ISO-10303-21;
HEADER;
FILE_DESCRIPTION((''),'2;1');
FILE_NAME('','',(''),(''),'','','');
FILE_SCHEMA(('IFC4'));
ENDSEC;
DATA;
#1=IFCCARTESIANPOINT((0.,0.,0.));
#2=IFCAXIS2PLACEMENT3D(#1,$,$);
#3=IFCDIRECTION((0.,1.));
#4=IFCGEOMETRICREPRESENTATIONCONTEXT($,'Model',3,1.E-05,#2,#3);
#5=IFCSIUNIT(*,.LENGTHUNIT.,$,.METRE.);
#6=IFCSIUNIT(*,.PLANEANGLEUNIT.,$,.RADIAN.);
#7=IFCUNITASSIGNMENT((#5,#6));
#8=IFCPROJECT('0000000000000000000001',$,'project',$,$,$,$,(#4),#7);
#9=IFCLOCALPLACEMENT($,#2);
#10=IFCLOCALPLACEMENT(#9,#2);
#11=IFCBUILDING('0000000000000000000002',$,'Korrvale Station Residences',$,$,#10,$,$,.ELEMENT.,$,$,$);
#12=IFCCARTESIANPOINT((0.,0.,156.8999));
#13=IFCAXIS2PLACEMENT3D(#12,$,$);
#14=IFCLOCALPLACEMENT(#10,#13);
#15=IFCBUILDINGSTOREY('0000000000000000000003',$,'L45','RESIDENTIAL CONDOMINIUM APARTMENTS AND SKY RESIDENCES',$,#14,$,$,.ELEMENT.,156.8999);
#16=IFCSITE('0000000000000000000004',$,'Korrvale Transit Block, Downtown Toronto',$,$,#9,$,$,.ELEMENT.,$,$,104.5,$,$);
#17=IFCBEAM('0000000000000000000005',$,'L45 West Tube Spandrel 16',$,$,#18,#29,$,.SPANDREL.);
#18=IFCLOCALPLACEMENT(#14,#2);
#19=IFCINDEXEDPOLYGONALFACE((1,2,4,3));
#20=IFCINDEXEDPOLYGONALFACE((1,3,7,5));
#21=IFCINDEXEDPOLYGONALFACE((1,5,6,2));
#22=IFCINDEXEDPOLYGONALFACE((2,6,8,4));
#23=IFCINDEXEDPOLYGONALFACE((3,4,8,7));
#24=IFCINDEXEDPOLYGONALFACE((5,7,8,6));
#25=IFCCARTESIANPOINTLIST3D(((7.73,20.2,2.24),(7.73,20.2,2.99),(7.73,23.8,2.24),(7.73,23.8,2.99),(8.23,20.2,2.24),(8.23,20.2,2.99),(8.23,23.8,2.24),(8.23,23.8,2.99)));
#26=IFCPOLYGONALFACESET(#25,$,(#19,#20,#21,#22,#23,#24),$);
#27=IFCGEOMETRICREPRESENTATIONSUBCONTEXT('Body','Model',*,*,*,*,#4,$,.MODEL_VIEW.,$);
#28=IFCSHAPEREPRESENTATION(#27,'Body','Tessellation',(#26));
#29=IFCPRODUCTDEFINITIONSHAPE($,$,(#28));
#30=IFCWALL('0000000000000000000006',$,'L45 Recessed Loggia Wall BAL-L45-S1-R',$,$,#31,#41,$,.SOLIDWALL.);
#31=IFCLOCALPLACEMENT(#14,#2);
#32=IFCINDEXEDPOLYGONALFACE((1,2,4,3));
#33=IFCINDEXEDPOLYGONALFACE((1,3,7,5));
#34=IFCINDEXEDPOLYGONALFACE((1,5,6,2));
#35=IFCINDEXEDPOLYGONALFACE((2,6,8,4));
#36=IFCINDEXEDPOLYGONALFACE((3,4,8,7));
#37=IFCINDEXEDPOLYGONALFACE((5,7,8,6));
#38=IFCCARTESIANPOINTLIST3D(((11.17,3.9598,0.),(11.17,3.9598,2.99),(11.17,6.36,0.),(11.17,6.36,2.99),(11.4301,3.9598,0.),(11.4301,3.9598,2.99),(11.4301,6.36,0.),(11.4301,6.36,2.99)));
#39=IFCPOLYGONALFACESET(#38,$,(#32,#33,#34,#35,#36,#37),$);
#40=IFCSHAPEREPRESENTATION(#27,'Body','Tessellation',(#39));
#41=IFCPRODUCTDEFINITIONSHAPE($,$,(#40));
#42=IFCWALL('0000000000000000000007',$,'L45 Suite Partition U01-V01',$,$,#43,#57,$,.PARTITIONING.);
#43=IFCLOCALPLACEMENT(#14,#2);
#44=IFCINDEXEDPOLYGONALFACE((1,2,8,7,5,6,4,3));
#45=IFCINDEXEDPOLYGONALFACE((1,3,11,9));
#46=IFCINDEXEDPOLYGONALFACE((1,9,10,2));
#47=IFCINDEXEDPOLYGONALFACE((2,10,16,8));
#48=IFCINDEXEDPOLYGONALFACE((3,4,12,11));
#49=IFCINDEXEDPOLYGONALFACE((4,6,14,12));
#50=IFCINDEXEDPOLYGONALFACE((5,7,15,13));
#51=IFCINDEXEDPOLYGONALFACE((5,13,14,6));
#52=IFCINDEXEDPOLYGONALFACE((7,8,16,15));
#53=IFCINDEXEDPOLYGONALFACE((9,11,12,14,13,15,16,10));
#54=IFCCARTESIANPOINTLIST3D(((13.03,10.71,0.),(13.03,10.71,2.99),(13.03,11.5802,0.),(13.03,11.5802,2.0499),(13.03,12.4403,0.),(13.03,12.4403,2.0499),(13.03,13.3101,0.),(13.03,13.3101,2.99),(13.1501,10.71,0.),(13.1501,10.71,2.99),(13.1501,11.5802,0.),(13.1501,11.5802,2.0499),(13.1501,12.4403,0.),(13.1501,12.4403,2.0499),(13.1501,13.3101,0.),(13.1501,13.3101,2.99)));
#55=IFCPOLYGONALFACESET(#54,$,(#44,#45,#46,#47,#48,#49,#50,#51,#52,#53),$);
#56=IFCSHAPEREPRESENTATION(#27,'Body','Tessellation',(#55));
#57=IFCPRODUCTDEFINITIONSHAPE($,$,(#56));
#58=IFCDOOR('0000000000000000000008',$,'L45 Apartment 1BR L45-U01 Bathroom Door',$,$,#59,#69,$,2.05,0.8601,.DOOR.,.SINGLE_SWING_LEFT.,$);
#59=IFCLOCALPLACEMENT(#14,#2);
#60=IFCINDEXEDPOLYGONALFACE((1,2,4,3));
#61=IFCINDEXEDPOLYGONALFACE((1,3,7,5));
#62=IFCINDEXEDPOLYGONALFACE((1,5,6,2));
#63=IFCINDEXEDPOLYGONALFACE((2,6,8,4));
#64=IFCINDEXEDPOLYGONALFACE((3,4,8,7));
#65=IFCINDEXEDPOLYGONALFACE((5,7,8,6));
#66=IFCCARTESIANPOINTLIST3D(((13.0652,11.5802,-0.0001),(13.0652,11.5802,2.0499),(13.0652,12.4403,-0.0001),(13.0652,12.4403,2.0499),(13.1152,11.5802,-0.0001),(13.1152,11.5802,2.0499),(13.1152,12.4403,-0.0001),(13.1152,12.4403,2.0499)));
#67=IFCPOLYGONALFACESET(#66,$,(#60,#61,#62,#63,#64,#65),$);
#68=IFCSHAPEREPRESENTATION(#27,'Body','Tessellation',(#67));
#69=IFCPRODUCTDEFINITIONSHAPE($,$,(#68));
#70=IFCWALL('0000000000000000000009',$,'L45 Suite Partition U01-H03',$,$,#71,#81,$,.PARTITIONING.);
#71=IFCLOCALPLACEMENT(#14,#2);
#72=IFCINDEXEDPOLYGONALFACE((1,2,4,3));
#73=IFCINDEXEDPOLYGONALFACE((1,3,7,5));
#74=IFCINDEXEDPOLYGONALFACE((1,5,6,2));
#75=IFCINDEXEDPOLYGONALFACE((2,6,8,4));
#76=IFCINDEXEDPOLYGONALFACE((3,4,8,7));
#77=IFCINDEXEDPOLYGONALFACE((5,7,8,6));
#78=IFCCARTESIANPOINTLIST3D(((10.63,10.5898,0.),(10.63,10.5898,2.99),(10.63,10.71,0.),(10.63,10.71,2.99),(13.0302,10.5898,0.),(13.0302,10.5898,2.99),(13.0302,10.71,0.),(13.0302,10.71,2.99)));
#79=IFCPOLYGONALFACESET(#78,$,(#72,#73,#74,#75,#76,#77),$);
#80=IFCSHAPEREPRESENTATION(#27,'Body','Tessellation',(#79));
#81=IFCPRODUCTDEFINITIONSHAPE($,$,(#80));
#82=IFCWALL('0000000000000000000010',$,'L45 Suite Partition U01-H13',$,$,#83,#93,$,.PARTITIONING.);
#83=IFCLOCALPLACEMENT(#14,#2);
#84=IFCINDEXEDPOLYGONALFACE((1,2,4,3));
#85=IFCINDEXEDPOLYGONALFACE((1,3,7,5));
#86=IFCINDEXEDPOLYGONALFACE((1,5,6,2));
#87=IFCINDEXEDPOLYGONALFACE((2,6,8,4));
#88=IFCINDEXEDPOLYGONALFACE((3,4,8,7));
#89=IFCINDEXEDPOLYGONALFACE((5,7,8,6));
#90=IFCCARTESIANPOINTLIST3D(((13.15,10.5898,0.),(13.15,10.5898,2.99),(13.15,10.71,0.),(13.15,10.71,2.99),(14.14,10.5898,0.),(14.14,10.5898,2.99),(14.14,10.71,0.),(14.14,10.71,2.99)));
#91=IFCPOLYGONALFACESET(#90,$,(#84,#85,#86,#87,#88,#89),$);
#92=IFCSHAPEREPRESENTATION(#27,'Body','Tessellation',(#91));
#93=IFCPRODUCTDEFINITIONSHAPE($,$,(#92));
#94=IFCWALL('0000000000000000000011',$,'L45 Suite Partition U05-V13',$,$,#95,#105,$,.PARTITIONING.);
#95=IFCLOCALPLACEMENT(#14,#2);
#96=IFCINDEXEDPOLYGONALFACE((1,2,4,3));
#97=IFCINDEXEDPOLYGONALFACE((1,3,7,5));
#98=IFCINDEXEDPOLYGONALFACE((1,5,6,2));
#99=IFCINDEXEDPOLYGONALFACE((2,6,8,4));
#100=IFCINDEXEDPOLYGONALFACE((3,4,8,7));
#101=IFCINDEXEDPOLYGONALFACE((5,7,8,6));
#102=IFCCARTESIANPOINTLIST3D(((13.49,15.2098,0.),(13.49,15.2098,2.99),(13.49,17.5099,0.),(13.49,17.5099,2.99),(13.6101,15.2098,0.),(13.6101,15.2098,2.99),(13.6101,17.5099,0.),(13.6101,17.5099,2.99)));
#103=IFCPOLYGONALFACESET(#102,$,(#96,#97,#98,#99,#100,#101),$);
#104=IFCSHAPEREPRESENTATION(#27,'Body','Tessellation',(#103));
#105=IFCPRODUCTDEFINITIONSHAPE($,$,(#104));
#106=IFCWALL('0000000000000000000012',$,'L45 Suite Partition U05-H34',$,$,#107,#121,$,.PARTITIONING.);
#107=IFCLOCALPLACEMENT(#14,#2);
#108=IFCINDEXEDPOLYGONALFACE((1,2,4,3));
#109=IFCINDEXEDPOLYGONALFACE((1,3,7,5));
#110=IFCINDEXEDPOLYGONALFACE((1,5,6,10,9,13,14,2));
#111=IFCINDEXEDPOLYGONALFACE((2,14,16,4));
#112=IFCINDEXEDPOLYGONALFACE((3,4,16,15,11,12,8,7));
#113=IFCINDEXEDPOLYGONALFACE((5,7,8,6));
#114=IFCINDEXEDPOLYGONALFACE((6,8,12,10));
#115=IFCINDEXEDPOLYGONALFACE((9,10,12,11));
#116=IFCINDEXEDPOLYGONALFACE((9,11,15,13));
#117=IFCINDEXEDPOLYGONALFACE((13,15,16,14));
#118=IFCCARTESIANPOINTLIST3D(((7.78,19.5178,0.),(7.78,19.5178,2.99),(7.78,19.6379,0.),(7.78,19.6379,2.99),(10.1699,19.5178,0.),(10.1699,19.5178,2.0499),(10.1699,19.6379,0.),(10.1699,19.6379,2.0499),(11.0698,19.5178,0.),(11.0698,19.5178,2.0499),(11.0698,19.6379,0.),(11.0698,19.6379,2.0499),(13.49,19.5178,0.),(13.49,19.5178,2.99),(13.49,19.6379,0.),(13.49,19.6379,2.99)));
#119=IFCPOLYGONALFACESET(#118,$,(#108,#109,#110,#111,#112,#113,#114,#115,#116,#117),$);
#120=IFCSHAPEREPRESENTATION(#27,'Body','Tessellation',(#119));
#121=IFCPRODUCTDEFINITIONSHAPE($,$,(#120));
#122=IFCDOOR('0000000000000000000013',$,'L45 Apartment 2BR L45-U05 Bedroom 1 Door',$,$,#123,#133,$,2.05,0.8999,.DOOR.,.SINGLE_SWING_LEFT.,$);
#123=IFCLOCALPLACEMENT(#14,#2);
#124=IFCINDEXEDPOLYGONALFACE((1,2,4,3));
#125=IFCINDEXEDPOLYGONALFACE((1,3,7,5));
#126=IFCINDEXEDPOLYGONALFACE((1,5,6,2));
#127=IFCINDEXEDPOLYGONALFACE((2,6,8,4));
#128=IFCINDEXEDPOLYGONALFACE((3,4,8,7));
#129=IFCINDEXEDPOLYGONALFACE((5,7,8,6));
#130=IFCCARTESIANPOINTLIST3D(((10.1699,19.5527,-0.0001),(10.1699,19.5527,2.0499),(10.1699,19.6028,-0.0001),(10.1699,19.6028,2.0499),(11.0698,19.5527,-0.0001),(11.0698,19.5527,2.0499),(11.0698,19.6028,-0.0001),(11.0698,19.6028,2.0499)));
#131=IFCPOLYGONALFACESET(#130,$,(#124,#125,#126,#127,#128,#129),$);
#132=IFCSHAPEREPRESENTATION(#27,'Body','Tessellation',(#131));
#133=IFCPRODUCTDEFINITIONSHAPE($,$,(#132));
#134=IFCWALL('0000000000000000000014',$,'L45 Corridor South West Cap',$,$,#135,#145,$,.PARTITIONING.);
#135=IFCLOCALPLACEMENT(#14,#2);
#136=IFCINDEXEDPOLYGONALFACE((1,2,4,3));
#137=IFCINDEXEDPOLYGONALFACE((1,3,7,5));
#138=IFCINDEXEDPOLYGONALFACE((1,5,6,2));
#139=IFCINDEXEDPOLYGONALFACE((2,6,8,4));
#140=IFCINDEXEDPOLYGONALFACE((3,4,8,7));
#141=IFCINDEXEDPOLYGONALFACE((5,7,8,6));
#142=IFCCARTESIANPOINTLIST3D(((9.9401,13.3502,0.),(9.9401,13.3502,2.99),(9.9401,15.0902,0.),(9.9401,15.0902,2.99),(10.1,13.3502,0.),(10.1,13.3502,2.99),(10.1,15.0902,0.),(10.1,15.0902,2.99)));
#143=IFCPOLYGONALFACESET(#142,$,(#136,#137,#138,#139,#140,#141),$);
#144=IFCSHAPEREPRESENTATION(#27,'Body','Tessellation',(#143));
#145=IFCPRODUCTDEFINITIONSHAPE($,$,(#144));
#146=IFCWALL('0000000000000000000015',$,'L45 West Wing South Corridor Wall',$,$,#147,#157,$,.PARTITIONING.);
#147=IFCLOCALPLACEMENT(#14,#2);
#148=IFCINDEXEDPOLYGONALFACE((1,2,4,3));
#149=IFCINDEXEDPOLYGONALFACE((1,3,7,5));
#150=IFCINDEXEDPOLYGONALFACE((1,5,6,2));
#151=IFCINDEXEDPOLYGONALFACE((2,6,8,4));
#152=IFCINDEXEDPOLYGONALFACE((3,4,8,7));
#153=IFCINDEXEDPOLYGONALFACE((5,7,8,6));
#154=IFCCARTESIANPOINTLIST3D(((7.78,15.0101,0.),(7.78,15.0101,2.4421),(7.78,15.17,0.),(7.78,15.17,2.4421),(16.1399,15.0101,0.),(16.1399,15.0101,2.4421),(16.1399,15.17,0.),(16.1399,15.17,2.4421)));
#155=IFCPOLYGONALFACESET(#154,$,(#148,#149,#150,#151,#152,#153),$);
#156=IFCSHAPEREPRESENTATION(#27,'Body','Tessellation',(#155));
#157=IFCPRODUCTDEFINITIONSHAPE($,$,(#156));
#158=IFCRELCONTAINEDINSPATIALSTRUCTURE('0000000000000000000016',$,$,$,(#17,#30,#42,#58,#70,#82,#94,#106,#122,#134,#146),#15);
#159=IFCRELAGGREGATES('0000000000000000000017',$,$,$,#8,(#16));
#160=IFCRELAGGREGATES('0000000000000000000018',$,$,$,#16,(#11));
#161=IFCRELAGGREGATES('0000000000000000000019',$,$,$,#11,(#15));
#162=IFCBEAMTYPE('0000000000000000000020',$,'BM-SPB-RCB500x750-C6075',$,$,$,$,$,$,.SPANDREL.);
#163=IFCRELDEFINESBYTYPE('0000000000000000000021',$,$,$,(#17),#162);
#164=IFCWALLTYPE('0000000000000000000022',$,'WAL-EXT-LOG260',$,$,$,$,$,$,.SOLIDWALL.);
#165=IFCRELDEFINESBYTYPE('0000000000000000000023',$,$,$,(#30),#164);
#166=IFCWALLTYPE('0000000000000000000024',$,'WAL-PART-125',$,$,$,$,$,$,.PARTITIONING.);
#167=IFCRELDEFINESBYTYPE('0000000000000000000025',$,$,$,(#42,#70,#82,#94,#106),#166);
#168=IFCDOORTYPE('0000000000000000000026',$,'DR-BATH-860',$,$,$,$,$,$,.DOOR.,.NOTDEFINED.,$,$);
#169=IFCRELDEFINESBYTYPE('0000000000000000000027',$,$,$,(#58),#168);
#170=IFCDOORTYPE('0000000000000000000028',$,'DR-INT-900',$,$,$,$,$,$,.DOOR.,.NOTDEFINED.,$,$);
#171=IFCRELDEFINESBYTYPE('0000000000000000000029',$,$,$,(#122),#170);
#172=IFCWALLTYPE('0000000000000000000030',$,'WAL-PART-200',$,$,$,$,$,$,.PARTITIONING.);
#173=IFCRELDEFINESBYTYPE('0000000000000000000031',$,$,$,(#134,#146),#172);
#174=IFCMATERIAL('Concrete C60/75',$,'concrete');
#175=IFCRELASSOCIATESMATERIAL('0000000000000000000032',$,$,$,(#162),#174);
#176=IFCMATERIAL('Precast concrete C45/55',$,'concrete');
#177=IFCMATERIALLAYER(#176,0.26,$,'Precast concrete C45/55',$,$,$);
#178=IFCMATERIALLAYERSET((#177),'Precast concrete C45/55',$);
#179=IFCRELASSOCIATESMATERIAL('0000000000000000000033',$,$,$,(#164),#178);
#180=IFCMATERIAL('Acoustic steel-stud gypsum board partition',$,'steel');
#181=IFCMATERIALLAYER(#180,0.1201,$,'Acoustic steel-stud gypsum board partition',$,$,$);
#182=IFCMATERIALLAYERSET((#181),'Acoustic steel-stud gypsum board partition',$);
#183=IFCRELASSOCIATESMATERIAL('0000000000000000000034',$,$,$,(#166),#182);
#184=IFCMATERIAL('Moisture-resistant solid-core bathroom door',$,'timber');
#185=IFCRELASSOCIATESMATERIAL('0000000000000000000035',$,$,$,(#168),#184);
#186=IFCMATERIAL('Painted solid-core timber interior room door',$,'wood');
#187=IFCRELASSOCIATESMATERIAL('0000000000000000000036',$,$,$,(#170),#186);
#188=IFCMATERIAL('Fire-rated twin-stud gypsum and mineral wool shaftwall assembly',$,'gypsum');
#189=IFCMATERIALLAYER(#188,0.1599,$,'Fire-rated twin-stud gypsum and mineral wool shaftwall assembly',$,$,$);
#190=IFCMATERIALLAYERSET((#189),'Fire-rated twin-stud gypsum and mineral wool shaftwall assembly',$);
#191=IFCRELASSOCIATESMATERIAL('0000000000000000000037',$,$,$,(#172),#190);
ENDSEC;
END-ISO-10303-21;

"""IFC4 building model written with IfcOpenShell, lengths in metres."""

from ifc_helpers import new_model, si_unit, direction, frame, frame_2d, origin, origin_2d, place, context, subcontext, project, spatial, rectangle, extrude, material, layer, layer_set, material_profile, profile_set, type_object, element, fill, save


model = new_model("IFC4")

# Units and contexts
model_context = context("Model", 3, precision=1e-05, world=origin(), true_north=direction((0.0, 1.0)))
body_context = subcontext(model_context, "Body", "Model", "MODEL_VIEW")
ifc_project = project(units=[si_unit("LENGTHUNIT", "METRE"), si_unit("PLANEANGLEUNIT", "RADIAN")], contexts=[model_context])

# Site, building, storey
site_placement = place(None, origin())
site = spatial("IfcSite", under=ifc_project, at=site_placement, Name="Korrvale Transit Block, Downtown Toronto", CompositionType="ELEMENT", RefElevation=104.5)
building_placement = place(site_placement, origin())
building = spatial("IfcBuilding", under=site, at=building_placement, Name="Korrvale Station Residences", CompositionType="ELEMENT")
storey_placement = place(building_placement, frame((0.0, 0.0, 156.8999)))
storey = spatial("IfcBuildingStorey", under=building, at=storey_placement, Name="L45", Description="RESIDENTIAL CONDOMINIUM APARTMENTS AND SKY RESIDENCES", CompositionType="ELEMENT", Elevation=156.8999)

# Shared definitions
ifc_material_1 = material(Name="Concrete C60/75", Category="concrete")

# Beam
ifc_material_profile_1 = material_profile(ifc_material_1, rectangle(XDim=0.5, YDim=0.75, at=origin_2d()), Name="RCB500x750")
ifc_profile_set_1 = profile_set([ifc_material_profile_1], Name="Concrete C60/75")
beam_type_1 = type_object("IfcBeamType", Name="BM-SPB-RCB500x750-C6075", PredefinedType="SPANDREL", material=ifc_profile_set_1)
beam_1_placement = place(storey_placement, frame((7.98, 20.2, 2.615), z_axis=(0.0, 1.0, 0.0), x_axis=(-1.0, 0.0, 0.0)))
element("IfcBeam", 1, at=beam_1_placement, inside=storey, type_object=beam_type_1, Name="L45 West Tube Spandrel 16", PredefinedType="SPANDREL", context=body_context, shape_type="SweptSolid", body=[
    extrude(rectangle(XDim=0.5, YDim=0.75, at=origin_2d()), origin(), (0.0, 0.0, 1.0), 3.6001),
])

# Wall
ifc_material_2 = material(Name="Precast concrete C45/55", Category="concrete")
ifc_layer_1 = layer(ifc_material_2, 0.26, Name="Precast concrete C45/55")
ifc_layer_set_1 = layer_set([ifc_layer_1], Name="Precast concrete C45/55")
wall_type_1 = type_object("IfcWallType", Name="WAL-EXT-LOG260", PredefinedType="SOLIDWALL", material=ifc_layer_set_1)
wall_1_placement = place(storey_placement, frame((11.3, 6.3601, 0.0), z_axis=(0.0, 0.0, 1.0), x_axis=(0.0, -1.0, 0.0)))
element("IfcWall", 2, at=wall_1_placement, inside=storey, type_object=wall_type_1, Name="L45 Recessed Loggia Wall BAL-L45-S1-R", PredefinedType="SOLIDWALL", context=body_context, shape_type="SweptSolid", body=[
    extrude(rectangle(XDim=2.4001, YDim=0.26, at=frame_2d((1.2002, 0.0))), origin(), (0.0, 0.0, 1.0), 2.99),
])

# Wall, opening, door
ifc_material_3 = material(Name="Acoustic steel-stud gypsum board partition", Category="steel")
ifc_layer_2 = layer(ifc_material_3, 0.1201, Name="Acoustic steel-stud gypsum board partition")
ifc_layer_set_2 = layer_set([ifc_layer_2], Name="Acoustic steel-stud gypsum board partition")
wall_type_2 = type_object("IfcWallType", Name="WAL-PART-125", PredefinedType="PARTITIONING", material=ifc_layer_set_2)
wall_2_placement = place(storey_placement, frame((13.0901, 10.71, 0.0), z_axis=(0.0, 0.0, 1.0), x_axis=(0.0, 1.0, 0.0)))
wall_2 = element("IfcWall", 3, at=wall_2_placement, inside=storey, type_object=wall_type_2, Name="L45 Suite Partition U01-V01", PredefinedType="PARTITIONING", context=body_context, shape_type="SweptSolid", body=[
    extrude(rectangle(XDim=2.6001, YDim=0.1201, at=frame_2d((1.3, 0.0))), origin(), (0.0, 0.0, 1.0), 2.99),
])
opening_1_placement = place(wall_2_placement, frame((0.8701, 0.0, 0.0)))
opening_1 = element("IfcOpeningElement", 4, at=opening_1_placement, cuts=wall_2, PredefinedType="OPENING", context=body_context, shape_type="SweptSolid", body=[
    extrude(rectangle(XDim=0.8601, YDim=2.05, at=frame_2d((0.4302, 1.0249))), frame((0.0, 0.0701, 0.0), z_axis=(0.0, -1.0, 0.0), x_axis=(1.0, 0.0, 0.0)), (0.0, 0.0, 1.0), 0.1401),
])
ifc_material_4 = material(Name="Moisture-resistant solid-core bathroom door", Category="timber")
door_type_1 = type_object("IfcDoorType", Name="DR-BATH-860", OperationType="NOTDEFINED", PredefinedType="DOOR", material=ifc_material_4)
door_1_placement = place(opening_1_placement, origin())
door_1 = element("IfcDoor", 5, at=door_1_placement, inside=storey, type_object=door_type_1, Name="L45 Apartment 1BR L45-U01 Bathroom Door", OperationType="SINGLE_SWING_LEFT", OverallHeight=2.05, OverallWidth=0.8601, PredefinedType="DOOR", context=body_context, shape_type="SweptSolid", body=[
    extrude(rectangle(XDim=0.8601, YDim=2.05, at=frame_2d((0.4302, 1.0249))), frame((0.0, 0.0249, 0.0), z_axis=(0.0, -1.0, 0.0), x_axis=(1.0, 0.0, 0.0)), (0.0, 0.0, 1.0), 0.05),
])
fill(opening_1, door_1)

# Walls
wall_3_placement = place(storey_placement, frame((10.6299, 10.6499, 0.0), z_axis=(0.0, 0.0, 1.0), x_axis=(1.0, 0.0, 0.0)))
element("IfcWall", 6, at=wall_3_placement, inside=storey, type_object=wall_type_2, Name="L45 Suite Partition U01-H03", PredefinedType="PARTITIONING", context=body_context, shape_type="SweptSolid", body=[
    extrude(rectangle(XDim=2.4001, YDim=0.1201, at=frame_2d((1.2002, 0.0))), origin(), (0.0, 0.0, 1.0), 2.99),
])
wall_4_placement = place(storey_placement, frame((13.1499, 10.6499, 0.0), z_axis=(0.0, 0.0, 1.0), x_axis=(1.0, 0.0, 0.0)))
element("IfcWall", 7, at=wall_4_placement, inside=storey, type_object=wall_type_2, Name="L45 Suite Partition U01-H13", PredefinedType="PARTITIONING", context=body_context, shape_type="SweptSolid", body=[
    extrude(rectangle(XDim=0.99, YDim=0.1201, at=frame_2d((0.4951, 0.0))), origin(), (0.0, 0.0, 1.0), 2.99),
])
wall_5_placement = place(storey_placement, frame((13.55, 15.21, 0.0), z_axis=(0.0, 0.0, 1.0), x_axis=(0.0, 1.0, 0.0)))
element("IfcWall", 8, at=wall_5_placement, inside=storey, type_object=wall_type_2, Name="L45 Suite Partition U05-V13", PredefinedType="PARTITIONING", context=body_context, shape_type="SweptSolid", body=[
    extrude(rectangle(XDim=2.3, YDim=0.1201, at=frame_2d((1.1499, 0.0))), origin(), (0.0, 0.0, 1.0), 2.99),
])

# Wall, opening, door
wall_6_placement = place(storey_placement, frame((7.78, 19.5779, 0.0), z_axis=(0.0, 0.0, 1.0), x_axis=(1.0, 0.0, 0.0)))
wall_6 = element("IfcWall", 9, at=wall_6_placement, inside=storey, type_object=wall_type_2, Name="L45 Suite Partition U05-H34", PredefinedType="PARTITIONING", context=body_context, shape_type="SweptSolid", body=[
    extrude(rectangle(XDim=5.71, YDim=0.1201, at=frame_2d((2.855, 0.0))), origin(), (0.0, 0.0, 1.0), 2.99),
])
opening_2_placement = place(wall_6_placement, frame((2.3899, 0.0, 0.0)))
opening_2 = element("IfcOpeningElement", 10, at=opening_2_placement, cuts=wall_6, PredefinedType="OPENING", context=body_context, shape_type="SweptSolid", body=[
    extrude(rectangle(XDim=0.8999, YDim=2.05, at=frame_2d((0.45, 1.0249))), frame((0.0, 0.0701, 0.0), z_axis=(0.0, -1.0, 0.0), x_axis=(1.0, 0.0, 0.0)), (0.0, 0.0, 1.0), 0.1401),
])
ifc_material_5 = material(Name="Painted solid-core timber interior room door", Category="wood")
door_type_2 = type_object("IfcDoorType", Name="DR-INT-900", OperationType="NOTDEFINED", PredefinedType="DOOR", material=ifc_material_5)
door_2_placement = place(opening_2_placement, origin())
door_2 = element("IfcDoor", 11, at=door_2_placement, inside=storey, type_object=door_type_2, Name="L45 Apartment 2BR L45-U05 Bedroom 1 Door", OperationType="SINGLE_SWING_LEFT", OverallHeight=2.05, OverallWidth=0.8999, PredefinedType="DOOR", context=body_context, shape_type="SweptSolid", body=[
    extrude(rectangle(XDim=0.8999, YDim=2.05, at=frame_2d((0.45, 1.0249))), frame((0.0, 0.0249, 0.0), z_axis=(0.0, -1.0, 0.0), x_axis=(1.0, 0.0, 0.0)), (0.0, 0.0, 1.0), 0.05),
])
fill(opening_2, door_2)

# Walls
ifc_material_6 = material(Name="Fire-rated twin-stud gypsum and mineral wool shaftwall assembly", Category="gypsum")
ifc_layer_3 = layer(ifc_material_6, 0.1599, Name="Fire-rated twin-stud gypsum and mineral wool shaftwall assembly")
ifc_layer_set_3 = layer_set([ifc_layer_3], Name="Fire-rated twin-stud gypsum and mineral wool shaftwall assembly")
wall_type_3 = type_object("IfcWallType", Name="WAL-PART-200", PredefinedType="PARTITIONING", material=ifc_layer_set_3)
wall_7_placement = place(storey_placement, frame((10.02, 13.3501, 0.0), z_axis=(0.0, 0.0, 1.0), x_axis=(0.0, 1.0, 0.0)))
element("IfcWall", 12, at=wall_7_placement, inside=storey, type_object=wall_type_3, Name="L45 Corridor South West Cap", PredefinedType="PARTITIONING", context=body_context, shape_type="SweptSolid", body=[
    extrude(rectangle(XDim=1.74, YDim=0.1599, at=frame_2d((0.8701, 0.0))), origin(), (0.0, 0.0, 1.0), 2.99),
])
wall_8_placement = place(storey_placement, frame((7.78, 15.0901, 0.0), z_axis=(0.0, 0.0, 1.0), x_axis=(1.0, 0.0, 0.0)))
element("IfcWall", 13, at=wall_8_placement, inside=storey, type_object=wall_type_3, Name="L45 West Wing South Corridor Wall", PredefinedType="PARTITIONING", context=body_context, shape_type="SweptSolid", body=[
    extrude(rectangle(XDim=8.3599, YDim=0.1599, at=frame_2d((4.1799, 0.0))), origin(), (0.0, 0.0, 1.0), 2.4421),
])

save(model, "model.ifc")
